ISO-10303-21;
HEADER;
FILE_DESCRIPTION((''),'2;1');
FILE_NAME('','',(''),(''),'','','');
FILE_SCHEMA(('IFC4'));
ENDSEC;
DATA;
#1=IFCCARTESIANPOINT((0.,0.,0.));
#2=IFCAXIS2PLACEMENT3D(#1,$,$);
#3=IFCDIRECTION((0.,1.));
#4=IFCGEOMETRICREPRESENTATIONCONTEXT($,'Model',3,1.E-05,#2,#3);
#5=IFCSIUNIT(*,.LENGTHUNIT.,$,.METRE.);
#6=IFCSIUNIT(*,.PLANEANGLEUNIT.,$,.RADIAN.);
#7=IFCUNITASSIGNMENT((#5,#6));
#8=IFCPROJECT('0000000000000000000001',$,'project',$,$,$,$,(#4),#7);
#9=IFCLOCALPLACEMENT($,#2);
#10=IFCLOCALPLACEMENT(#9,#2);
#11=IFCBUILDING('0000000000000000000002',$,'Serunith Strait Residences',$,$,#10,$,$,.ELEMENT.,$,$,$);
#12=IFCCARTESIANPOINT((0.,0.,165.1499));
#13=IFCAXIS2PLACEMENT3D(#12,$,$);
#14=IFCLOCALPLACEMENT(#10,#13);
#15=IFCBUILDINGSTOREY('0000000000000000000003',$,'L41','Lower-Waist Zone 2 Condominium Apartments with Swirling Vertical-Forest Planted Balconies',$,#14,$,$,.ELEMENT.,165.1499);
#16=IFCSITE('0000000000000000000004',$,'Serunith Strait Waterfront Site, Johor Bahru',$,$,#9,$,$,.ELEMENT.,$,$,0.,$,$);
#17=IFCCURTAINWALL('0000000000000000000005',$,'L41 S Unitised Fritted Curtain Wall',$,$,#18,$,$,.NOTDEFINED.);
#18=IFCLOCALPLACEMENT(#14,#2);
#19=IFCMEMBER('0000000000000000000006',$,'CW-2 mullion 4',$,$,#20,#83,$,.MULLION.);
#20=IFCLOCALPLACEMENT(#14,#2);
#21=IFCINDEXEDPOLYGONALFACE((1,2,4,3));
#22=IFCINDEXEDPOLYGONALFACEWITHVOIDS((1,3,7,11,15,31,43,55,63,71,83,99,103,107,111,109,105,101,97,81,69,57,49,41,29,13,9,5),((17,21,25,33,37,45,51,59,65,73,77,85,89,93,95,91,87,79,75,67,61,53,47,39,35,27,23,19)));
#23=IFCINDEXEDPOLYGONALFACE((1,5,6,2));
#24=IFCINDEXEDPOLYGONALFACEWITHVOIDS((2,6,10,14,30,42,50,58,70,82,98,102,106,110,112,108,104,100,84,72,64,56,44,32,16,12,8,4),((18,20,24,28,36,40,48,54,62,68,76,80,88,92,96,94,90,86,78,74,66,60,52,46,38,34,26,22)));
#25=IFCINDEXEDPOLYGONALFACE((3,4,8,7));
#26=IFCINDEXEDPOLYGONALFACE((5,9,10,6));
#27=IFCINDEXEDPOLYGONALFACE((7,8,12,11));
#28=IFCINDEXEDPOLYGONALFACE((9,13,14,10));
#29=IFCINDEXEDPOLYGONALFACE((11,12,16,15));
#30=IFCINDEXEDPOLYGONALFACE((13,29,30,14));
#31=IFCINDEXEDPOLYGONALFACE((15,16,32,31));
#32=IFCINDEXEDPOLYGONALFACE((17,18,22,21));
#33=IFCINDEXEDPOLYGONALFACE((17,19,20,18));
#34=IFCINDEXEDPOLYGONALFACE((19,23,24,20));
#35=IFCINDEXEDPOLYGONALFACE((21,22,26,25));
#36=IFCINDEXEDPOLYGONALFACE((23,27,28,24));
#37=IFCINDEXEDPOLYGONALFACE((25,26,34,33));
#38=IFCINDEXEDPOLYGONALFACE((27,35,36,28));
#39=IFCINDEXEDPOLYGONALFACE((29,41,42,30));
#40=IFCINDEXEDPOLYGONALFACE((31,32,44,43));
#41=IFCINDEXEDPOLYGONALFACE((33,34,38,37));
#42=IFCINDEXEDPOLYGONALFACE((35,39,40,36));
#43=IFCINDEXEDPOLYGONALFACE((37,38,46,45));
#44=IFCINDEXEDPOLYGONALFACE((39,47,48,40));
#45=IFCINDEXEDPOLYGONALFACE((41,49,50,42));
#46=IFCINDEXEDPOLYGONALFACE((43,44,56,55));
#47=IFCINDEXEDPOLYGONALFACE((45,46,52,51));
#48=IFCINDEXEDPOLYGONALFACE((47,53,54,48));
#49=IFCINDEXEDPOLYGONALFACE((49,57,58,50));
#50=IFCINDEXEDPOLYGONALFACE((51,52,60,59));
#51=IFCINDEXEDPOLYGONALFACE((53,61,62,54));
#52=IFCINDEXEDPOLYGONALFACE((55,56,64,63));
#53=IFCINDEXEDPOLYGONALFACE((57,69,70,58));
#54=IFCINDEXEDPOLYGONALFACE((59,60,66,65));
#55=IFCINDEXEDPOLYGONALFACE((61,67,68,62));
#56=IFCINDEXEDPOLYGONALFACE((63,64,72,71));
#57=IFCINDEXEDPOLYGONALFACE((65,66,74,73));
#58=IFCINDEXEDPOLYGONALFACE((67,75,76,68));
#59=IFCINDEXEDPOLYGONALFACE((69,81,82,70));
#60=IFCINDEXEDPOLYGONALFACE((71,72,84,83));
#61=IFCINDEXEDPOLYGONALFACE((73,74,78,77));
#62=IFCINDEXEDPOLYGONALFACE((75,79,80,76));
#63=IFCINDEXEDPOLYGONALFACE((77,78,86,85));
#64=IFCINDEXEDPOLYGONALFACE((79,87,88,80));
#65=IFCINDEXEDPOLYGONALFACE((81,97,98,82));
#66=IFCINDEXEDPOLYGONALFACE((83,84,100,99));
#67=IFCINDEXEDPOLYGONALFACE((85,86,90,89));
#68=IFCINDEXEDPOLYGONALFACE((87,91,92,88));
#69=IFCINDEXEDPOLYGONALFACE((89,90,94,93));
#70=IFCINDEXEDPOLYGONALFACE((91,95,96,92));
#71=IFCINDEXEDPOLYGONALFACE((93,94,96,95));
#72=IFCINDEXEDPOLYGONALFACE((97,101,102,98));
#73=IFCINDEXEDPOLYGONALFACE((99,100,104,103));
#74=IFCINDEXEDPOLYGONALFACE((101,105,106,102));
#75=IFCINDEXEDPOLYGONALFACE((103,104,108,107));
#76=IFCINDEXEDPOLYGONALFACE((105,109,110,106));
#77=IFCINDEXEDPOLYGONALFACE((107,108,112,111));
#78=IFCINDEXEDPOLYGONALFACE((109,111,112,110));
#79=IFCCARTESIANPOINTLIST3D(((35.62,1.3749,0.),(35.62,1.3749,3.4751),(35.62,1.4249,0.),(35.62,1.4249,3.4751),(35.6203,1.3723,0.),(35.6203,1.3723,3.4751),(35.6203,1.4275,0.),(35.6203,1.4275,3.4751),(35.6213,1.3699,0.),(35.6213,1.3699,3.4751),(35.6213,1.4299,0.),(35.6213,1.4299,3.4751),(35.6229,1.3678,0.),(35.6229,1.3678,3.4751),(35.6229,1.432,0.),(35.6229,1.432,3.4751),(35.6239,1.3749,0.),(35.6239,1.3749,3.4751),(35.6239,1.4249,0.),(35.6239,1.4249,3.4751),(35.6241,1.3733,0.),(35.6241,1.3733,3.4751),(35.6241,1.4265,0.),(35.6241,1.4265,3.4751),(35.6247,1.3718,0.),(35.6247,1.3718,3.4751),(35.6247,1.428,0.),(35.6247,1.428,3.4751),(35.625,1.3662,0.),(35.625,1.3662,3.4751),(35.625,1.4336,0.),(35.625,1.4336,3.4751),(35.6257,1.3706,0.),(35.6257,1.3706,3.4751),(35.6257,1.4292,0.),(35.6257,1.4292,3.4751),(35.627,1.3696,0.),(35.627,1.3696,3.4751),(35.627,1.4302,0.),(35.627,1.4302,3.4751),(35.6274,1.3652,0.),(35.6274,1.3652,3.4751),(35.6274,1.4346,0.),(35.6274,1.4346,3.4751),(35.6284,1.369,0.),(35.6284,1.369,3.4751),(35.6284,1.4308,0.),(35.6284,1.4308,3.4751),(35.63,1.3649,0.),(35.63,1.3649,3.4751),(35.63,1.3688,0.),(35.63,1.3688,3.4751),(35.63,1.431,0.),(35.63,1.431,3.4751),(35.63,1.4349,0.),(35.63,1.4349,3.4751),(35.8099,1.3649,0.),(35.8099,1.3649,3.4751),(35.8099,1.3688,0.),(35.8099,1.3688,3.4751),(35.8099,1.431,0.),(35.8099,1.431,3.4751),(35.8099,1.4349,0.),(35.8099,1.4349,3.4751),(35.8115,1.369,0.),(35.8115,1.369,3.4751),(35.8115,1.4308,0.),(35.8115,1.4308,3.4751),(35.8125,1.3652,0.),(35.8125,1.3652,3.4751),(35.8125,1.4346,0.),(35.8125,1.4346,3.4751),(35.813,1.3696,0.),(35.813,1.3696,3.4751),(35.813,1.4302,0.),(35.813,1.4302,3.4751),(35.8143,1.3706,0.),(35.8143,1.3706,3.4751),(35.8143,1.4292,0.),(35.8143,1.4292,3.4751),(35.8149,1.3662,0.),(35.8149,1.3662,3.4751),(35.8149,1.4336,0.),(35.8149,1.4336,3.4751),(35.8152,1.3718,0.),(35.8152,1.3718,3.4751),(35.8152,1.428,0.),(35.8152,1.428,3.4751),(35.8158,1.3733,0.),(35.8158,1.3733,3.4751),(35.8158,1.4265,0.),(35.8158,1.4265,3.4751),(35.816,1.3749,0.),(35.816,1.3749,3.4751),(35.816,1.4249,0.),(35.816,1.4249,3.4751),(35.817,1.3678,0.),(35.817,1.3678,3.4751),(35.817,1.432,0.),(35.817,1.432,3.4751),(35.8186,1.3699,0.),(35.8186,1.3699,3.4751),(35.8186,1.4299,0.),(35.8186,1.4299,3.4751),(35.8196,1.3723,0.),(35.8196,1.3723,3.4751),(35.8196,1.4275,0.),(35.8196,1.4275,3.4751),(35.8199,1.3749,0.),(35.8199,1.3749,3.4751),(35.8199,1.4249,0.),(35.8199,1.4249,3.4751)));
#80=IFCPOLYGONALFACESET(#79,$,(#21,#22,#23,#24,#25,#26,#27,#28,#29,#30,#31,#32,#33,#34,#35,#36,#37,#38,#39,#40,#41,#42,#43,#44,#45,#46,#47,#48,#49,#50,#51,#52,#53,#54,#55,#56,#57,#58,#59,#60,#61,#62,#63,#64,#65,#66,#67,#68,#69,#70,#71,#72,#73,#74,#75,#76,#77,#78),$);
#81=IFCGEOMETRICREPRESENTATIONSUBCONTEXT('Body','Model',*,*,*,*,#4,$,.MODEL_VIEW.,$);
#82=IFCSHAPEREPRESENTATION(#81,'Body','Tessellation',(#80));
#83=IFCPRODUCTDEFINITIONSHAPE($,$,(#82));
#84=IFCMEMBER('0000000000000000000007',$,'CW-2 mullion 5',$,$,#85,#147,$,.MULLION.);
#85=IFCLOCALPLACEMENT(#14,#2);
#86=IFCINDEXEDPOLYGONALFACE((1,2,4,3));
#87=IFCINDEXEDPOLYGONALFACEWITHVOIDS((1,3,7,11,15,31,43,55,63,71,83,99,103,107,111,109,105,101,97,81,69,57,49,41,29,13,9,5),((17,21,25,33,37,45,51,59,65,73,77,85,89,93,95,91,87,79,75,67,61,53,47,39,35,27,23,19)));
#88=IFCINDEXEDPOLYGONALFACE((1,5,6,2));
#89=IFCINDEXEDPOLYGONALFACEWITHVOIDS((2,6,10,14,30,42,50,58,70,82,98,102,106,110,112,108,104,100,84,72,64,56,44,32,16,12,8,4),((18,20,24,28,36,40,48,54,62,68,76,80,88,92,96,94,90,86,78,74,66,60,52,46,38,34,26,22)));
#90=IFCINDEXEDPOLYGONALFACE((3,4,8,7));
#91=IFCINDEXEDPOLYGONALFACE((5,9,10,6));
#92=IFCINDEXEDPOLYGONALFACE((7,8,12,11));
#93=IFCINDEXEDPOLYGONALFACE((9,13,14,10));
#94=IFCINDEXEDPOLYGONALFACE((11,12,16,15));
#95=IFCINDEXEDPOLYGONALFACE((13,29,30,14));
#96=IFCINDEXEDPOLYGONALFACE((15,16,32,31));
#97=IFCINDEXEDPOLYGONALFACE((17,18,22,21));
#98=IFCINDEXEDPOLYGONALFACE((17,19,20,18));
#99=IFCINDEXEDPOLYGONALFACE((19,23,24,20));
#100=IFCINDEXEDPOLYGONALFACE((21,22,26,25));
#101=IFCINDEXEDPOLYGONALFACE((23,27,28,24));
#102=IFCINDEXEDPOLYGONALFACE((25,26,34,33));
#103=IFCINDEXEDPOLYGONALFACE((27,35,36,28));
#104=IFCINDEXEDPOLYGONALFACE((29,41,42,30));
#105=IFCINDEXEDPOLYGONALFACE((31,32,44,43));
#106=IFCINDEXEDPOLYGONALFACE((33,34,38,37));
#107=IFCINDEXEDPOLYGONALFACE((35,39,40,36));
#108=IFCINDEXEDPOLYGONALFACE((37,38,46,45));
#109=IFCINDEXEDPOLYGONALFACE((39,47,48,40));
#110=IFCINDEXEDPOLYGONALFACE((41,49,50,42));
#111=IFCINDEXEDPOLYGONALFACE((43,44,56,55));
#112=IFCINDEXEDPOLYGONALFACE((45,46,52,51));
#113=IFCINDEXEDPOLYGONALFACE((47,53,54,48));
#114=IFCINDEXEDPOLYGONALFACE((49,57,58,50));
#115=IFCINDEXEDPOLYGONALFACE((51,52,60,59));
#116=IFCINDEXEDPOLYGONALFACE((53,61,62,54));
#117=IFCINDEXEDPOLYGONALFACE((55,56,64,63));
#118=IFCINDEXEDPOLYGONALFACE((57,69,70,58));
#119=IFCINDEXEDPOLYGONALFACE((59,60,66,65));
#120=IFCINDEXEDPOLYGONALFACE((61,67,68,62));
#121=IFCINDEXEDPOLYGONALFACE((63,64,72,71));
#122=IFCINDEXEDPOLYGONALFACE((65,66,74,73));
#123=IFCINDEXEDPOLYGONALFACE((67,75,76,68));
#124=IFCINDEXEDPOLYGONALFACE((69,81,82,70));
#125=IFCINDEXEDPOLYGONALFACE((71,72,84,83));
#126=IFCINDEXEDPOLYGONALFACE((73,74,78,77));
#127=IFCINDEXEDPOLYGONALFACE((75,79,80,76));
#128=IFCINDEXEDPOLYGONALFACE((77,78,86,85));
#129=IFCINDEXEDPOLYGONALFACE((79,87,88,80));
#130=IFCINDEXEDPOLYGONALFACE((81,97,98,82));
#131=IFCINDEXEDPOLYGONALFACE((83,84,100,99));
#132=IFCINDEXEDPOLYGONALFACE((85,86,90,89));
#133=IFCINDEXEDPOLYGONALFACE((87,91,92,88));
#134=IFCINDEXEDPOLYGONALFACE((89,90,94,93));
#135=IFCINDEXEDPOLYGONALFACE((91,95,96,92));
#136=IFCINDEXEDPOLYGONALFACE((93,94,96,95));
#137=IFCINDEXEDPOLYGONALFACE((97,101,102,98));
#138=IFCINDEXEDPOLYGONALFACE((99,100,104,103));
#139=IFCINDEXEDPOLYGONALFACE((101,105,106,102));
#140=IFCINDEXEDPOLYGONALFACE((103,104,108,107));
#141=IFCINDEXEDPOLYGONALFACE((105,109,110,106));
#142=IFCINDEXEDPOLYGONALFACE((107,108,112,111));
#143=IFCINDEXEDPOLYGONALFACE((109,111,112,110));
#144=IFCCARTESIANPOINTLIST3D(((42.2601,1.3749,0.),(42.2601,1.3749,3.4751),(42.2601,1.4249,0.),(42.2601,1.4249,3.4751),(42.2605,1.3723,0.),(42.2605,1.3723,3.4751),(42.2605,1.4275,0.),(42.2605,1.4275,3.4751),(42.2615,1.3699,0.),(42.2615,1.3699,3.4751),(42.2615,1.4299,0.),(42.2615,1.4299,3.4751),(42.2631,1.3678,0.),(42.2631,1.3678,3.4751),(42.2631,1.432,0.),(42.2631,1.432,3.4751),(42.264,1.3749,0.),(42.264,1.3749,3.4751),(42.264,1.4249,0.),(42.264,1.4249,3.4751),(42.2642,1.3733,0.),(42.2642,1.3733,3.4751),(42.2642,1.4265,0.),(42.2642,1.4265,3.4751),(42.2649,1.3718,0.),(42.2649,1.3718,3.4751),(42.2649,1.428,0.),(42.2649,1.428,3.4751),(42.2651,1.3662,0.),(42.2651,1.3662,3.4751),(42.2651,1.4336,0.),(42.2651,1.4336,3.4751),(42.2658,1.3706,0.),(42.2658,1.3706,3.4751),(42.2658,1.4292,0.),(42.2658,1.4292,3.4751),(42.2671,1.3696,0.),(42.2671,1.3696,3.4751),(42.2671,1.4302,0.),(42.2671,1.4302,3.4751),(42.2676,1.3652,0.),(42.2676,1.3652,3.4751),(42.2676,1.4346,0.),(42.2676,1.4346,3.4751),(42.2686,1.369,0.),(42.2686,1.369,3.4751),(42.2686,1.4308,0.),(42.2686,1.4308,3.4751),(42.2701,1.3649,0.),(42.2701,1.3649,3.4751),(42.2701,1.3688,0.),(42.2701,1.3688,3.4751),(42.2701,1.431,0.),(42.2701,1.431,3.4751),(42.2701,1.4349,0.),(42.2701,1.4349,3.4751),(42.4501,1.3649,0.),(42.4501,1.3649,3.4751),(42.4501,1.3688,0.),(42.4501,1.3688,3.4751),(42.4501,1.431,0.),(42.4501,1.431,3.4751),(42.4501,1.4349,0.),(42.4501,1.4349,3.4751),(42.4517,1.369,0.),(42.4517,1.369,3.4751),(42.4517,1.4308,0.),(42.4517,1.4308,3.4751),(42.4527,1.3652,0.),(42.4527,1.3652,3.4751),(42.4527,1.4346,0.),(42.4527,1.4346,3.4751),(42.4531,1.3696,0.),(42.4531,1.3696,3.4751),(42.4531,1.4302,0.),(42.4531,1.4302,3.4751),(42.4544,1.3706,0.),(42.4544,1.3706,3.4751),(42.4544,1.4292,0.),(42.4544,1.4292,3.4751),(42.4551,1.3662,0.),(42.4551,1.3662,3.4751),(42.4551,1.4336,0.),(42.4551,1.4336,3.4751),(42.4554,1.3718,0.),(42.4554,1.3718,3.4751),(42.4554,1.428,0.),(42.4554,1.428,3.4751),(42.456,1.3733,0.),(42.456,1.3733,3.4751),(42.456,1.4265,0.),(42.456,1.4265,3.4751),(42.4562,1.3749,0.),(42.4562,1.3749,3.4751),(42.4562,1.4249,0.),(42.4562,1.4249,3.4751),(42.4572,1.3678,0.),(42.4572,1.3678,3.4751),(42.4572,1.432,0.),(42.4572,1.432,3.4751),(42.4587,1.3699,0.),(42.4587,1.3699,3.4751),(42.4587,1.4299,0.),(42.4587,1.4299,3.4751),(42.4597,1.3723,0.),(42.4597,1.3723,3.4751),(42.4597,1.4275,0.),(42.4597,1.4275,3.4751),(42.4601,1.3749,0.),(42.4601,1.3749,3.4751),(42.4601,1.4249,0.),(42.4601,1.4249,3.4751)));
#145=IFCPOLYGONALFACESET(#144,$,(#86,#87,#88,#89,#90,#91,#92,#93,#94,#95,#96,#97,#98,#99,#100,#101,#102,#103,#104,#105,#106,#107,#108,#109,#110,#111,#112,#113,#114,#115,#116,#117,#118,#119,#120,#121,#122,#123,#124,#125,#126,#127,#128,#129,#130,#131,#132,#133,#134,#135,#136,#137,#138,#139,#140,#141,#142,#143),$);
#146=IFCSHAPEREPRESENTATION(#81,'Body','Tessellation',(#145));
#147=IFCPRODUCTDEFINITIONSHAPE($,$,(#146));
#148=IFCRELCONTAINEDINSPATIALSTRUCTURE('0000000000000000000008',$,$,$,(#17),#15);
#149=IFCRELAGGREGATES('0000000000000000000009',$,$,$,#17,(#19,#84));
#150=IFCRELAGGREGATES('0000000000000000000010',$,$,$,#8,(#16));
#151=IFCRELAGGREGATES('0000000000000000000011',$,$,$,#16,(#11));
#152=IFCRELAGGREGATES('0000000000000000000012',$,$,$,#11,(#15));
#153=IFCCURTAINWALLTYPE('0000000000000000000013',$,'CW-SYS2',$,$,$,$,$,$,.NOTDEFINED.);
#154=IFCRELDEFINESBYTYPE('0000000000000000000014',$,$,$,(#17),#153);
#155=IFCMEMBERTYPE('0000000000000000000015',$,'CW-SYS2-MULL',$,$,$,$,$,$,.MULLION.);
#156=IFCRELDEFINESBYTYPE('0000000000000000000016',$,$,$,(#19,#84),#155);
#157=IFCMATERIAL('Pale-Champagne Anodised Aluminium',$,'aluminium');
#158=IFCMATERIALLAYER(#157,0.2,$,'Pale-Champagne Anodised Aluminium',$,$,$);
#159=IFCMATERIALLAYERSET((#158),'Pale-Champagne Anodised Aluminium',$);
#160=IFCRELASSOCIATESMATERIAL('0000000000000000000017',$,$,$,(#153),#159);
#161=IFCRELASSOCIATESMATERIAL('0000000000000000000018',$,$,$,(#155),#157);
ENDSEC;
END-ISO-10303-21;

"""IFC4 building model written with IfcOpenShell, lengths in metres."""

from ifc_helpers import new_model, si_unit, direction, frame, origin, origin_2d, place, context, subcontext, project, spatial, hollow_rectangle, extrude, source, transform, mapped, material, layer, layer_set, material_profile, profile_set, type_object, element, aggregate, save


model = new_model("IFC4")

# Units and contexts
model_context = context("Model", 3, precision=1e-05, world=origin(), true_north=direction((0.0, 1.0)))
body_context = subcontext(model_context, "Body", "Model", "MODEL_VIEW")
ifc_project = project(units=[si_unit("LENGTHUNIT", "METRE"), si_unit("PLANEANGLEUNIT", "RADIAN")], contexts=[model_context])

# Site, building, storey
site_placement = place(None, origin())
site = spatial("IfcSite", under=ifc_project, at=site_placement, Name="Serunith Strait Waterfront Site, Johor Bahru", CompositionType="ELEMENT", RefElevation=0.0)
building_placement = place(site_placement, origin())
building = spatial("IfcBuilding", under=site, at=building_placement, Name="Serunith Strait Residences", CompositionType="ELEMENT")
storey_placement = place(building_placement, frame((0.0, 0.0, 165.1499)))
storey = spatial("IfcBuildingStorey", under=building, at=storey_placement, Name="L41", Description="Lower-Waist Zone 2 Condominium Apartments with Swirling Vertical-Forest Planted Balconies", CompositionType="ELEMENT", Elevation=165.1499)

# Curtain wall, members
ifc_material_1 = material(Name="Pale-Champagne Anodised Aluminium", Category="aluminium")
ifc_layer_1 = layer(ifc_material_1, 0.2, Name="Pale-Champagne Anodised Aluminium")
ifc_layer_set_1 = layer_set([ifc_layer_1], Name="Pale-Champagne Anodised Aluminium")
curtain_wall_type = type_object("IfcCurtainWallType", Name="CW-SYS2", PredefinedType="NOTDEFINED", material=ifc_layer_set_1)
curtain_wall_placement = place(storey_placement, origin())
curtain_wall = element("IfcCurtainWall", 1, at=curtain_wall_placement, inside=storey, type_object=curtain_wall_type, Name="L41 S Unitised Fritted Curtain Wall", PredefinedType="NOTDEFINED")
ifc_material_profile_1 = material_profile(ifc_material_1, hollow_rectangle(XDim=0.0701, YDim=0.2, WallThickness=0.0039, InnerFilletRadius=0.0061, OuterFilletRadius=0.01, at=origin_2d()), Name="ALU 200x70x4")
ifc_profile_set_1 = profile_set([ifc_material_profile_1], Name="Pale-Champagne Anodised Aluminium")
member_type_1 = type_object("IfcMemberType", Name="CW-SYS2-MULL", PredefinedType="MULLION", material=ifc_profile_set_1)
shared_shape_1 = source(origin(), body_context, "Body", "SweptSolid", [
    extrude(hollow_rectangle(XDim=0.0701, YDim=0.2, WallThickness=0.0039, InnerFilletRadius=0.0061, OuterFilletRadius=0.01, at=origin_2d()), origin(), (0.0, 0.0, 1.0), 3.4751),
])
member_1_placement = place(storey_placement, frame((35.72, 1.3999, 0.0), z_axis=(0.0, 0.0, 1.0), x_axis=(0.0, 1.0, 0.0)))
member_1 = element("IfcMember", 2, at=member_1_placement, type_object=member_type_1, Name="CW-2 mullion 4", PredefinedType="MULLION", context=body_context, shape_type="MappedRepresentation", body=[
    mapped(shared_shape_1, transform((0.0, 0.0, 0.0), scale=1.0)),
])
member_2_placement = place(storey_placement, frame((42.3601, 1.3999, 0.0), z_axis=(0.0, 0.0, 1.0), x_axis=(0.0, 1.0, 0.0)))
member_2 = element("IfcMember", 3, at=member_2_placement, type_object=member_type_1, Name="CW-2 mullion 5", PredefinedType="MULLION", context=body_context, shape_type="MappedRepresentation", body=[
    mapped(shared_shape_1, transform((0.0, 0.0, 0.0), scale=1.0)),
])
aggregate(curtain_wall, [member_1, member_2])

save(model, "model.ifc")
